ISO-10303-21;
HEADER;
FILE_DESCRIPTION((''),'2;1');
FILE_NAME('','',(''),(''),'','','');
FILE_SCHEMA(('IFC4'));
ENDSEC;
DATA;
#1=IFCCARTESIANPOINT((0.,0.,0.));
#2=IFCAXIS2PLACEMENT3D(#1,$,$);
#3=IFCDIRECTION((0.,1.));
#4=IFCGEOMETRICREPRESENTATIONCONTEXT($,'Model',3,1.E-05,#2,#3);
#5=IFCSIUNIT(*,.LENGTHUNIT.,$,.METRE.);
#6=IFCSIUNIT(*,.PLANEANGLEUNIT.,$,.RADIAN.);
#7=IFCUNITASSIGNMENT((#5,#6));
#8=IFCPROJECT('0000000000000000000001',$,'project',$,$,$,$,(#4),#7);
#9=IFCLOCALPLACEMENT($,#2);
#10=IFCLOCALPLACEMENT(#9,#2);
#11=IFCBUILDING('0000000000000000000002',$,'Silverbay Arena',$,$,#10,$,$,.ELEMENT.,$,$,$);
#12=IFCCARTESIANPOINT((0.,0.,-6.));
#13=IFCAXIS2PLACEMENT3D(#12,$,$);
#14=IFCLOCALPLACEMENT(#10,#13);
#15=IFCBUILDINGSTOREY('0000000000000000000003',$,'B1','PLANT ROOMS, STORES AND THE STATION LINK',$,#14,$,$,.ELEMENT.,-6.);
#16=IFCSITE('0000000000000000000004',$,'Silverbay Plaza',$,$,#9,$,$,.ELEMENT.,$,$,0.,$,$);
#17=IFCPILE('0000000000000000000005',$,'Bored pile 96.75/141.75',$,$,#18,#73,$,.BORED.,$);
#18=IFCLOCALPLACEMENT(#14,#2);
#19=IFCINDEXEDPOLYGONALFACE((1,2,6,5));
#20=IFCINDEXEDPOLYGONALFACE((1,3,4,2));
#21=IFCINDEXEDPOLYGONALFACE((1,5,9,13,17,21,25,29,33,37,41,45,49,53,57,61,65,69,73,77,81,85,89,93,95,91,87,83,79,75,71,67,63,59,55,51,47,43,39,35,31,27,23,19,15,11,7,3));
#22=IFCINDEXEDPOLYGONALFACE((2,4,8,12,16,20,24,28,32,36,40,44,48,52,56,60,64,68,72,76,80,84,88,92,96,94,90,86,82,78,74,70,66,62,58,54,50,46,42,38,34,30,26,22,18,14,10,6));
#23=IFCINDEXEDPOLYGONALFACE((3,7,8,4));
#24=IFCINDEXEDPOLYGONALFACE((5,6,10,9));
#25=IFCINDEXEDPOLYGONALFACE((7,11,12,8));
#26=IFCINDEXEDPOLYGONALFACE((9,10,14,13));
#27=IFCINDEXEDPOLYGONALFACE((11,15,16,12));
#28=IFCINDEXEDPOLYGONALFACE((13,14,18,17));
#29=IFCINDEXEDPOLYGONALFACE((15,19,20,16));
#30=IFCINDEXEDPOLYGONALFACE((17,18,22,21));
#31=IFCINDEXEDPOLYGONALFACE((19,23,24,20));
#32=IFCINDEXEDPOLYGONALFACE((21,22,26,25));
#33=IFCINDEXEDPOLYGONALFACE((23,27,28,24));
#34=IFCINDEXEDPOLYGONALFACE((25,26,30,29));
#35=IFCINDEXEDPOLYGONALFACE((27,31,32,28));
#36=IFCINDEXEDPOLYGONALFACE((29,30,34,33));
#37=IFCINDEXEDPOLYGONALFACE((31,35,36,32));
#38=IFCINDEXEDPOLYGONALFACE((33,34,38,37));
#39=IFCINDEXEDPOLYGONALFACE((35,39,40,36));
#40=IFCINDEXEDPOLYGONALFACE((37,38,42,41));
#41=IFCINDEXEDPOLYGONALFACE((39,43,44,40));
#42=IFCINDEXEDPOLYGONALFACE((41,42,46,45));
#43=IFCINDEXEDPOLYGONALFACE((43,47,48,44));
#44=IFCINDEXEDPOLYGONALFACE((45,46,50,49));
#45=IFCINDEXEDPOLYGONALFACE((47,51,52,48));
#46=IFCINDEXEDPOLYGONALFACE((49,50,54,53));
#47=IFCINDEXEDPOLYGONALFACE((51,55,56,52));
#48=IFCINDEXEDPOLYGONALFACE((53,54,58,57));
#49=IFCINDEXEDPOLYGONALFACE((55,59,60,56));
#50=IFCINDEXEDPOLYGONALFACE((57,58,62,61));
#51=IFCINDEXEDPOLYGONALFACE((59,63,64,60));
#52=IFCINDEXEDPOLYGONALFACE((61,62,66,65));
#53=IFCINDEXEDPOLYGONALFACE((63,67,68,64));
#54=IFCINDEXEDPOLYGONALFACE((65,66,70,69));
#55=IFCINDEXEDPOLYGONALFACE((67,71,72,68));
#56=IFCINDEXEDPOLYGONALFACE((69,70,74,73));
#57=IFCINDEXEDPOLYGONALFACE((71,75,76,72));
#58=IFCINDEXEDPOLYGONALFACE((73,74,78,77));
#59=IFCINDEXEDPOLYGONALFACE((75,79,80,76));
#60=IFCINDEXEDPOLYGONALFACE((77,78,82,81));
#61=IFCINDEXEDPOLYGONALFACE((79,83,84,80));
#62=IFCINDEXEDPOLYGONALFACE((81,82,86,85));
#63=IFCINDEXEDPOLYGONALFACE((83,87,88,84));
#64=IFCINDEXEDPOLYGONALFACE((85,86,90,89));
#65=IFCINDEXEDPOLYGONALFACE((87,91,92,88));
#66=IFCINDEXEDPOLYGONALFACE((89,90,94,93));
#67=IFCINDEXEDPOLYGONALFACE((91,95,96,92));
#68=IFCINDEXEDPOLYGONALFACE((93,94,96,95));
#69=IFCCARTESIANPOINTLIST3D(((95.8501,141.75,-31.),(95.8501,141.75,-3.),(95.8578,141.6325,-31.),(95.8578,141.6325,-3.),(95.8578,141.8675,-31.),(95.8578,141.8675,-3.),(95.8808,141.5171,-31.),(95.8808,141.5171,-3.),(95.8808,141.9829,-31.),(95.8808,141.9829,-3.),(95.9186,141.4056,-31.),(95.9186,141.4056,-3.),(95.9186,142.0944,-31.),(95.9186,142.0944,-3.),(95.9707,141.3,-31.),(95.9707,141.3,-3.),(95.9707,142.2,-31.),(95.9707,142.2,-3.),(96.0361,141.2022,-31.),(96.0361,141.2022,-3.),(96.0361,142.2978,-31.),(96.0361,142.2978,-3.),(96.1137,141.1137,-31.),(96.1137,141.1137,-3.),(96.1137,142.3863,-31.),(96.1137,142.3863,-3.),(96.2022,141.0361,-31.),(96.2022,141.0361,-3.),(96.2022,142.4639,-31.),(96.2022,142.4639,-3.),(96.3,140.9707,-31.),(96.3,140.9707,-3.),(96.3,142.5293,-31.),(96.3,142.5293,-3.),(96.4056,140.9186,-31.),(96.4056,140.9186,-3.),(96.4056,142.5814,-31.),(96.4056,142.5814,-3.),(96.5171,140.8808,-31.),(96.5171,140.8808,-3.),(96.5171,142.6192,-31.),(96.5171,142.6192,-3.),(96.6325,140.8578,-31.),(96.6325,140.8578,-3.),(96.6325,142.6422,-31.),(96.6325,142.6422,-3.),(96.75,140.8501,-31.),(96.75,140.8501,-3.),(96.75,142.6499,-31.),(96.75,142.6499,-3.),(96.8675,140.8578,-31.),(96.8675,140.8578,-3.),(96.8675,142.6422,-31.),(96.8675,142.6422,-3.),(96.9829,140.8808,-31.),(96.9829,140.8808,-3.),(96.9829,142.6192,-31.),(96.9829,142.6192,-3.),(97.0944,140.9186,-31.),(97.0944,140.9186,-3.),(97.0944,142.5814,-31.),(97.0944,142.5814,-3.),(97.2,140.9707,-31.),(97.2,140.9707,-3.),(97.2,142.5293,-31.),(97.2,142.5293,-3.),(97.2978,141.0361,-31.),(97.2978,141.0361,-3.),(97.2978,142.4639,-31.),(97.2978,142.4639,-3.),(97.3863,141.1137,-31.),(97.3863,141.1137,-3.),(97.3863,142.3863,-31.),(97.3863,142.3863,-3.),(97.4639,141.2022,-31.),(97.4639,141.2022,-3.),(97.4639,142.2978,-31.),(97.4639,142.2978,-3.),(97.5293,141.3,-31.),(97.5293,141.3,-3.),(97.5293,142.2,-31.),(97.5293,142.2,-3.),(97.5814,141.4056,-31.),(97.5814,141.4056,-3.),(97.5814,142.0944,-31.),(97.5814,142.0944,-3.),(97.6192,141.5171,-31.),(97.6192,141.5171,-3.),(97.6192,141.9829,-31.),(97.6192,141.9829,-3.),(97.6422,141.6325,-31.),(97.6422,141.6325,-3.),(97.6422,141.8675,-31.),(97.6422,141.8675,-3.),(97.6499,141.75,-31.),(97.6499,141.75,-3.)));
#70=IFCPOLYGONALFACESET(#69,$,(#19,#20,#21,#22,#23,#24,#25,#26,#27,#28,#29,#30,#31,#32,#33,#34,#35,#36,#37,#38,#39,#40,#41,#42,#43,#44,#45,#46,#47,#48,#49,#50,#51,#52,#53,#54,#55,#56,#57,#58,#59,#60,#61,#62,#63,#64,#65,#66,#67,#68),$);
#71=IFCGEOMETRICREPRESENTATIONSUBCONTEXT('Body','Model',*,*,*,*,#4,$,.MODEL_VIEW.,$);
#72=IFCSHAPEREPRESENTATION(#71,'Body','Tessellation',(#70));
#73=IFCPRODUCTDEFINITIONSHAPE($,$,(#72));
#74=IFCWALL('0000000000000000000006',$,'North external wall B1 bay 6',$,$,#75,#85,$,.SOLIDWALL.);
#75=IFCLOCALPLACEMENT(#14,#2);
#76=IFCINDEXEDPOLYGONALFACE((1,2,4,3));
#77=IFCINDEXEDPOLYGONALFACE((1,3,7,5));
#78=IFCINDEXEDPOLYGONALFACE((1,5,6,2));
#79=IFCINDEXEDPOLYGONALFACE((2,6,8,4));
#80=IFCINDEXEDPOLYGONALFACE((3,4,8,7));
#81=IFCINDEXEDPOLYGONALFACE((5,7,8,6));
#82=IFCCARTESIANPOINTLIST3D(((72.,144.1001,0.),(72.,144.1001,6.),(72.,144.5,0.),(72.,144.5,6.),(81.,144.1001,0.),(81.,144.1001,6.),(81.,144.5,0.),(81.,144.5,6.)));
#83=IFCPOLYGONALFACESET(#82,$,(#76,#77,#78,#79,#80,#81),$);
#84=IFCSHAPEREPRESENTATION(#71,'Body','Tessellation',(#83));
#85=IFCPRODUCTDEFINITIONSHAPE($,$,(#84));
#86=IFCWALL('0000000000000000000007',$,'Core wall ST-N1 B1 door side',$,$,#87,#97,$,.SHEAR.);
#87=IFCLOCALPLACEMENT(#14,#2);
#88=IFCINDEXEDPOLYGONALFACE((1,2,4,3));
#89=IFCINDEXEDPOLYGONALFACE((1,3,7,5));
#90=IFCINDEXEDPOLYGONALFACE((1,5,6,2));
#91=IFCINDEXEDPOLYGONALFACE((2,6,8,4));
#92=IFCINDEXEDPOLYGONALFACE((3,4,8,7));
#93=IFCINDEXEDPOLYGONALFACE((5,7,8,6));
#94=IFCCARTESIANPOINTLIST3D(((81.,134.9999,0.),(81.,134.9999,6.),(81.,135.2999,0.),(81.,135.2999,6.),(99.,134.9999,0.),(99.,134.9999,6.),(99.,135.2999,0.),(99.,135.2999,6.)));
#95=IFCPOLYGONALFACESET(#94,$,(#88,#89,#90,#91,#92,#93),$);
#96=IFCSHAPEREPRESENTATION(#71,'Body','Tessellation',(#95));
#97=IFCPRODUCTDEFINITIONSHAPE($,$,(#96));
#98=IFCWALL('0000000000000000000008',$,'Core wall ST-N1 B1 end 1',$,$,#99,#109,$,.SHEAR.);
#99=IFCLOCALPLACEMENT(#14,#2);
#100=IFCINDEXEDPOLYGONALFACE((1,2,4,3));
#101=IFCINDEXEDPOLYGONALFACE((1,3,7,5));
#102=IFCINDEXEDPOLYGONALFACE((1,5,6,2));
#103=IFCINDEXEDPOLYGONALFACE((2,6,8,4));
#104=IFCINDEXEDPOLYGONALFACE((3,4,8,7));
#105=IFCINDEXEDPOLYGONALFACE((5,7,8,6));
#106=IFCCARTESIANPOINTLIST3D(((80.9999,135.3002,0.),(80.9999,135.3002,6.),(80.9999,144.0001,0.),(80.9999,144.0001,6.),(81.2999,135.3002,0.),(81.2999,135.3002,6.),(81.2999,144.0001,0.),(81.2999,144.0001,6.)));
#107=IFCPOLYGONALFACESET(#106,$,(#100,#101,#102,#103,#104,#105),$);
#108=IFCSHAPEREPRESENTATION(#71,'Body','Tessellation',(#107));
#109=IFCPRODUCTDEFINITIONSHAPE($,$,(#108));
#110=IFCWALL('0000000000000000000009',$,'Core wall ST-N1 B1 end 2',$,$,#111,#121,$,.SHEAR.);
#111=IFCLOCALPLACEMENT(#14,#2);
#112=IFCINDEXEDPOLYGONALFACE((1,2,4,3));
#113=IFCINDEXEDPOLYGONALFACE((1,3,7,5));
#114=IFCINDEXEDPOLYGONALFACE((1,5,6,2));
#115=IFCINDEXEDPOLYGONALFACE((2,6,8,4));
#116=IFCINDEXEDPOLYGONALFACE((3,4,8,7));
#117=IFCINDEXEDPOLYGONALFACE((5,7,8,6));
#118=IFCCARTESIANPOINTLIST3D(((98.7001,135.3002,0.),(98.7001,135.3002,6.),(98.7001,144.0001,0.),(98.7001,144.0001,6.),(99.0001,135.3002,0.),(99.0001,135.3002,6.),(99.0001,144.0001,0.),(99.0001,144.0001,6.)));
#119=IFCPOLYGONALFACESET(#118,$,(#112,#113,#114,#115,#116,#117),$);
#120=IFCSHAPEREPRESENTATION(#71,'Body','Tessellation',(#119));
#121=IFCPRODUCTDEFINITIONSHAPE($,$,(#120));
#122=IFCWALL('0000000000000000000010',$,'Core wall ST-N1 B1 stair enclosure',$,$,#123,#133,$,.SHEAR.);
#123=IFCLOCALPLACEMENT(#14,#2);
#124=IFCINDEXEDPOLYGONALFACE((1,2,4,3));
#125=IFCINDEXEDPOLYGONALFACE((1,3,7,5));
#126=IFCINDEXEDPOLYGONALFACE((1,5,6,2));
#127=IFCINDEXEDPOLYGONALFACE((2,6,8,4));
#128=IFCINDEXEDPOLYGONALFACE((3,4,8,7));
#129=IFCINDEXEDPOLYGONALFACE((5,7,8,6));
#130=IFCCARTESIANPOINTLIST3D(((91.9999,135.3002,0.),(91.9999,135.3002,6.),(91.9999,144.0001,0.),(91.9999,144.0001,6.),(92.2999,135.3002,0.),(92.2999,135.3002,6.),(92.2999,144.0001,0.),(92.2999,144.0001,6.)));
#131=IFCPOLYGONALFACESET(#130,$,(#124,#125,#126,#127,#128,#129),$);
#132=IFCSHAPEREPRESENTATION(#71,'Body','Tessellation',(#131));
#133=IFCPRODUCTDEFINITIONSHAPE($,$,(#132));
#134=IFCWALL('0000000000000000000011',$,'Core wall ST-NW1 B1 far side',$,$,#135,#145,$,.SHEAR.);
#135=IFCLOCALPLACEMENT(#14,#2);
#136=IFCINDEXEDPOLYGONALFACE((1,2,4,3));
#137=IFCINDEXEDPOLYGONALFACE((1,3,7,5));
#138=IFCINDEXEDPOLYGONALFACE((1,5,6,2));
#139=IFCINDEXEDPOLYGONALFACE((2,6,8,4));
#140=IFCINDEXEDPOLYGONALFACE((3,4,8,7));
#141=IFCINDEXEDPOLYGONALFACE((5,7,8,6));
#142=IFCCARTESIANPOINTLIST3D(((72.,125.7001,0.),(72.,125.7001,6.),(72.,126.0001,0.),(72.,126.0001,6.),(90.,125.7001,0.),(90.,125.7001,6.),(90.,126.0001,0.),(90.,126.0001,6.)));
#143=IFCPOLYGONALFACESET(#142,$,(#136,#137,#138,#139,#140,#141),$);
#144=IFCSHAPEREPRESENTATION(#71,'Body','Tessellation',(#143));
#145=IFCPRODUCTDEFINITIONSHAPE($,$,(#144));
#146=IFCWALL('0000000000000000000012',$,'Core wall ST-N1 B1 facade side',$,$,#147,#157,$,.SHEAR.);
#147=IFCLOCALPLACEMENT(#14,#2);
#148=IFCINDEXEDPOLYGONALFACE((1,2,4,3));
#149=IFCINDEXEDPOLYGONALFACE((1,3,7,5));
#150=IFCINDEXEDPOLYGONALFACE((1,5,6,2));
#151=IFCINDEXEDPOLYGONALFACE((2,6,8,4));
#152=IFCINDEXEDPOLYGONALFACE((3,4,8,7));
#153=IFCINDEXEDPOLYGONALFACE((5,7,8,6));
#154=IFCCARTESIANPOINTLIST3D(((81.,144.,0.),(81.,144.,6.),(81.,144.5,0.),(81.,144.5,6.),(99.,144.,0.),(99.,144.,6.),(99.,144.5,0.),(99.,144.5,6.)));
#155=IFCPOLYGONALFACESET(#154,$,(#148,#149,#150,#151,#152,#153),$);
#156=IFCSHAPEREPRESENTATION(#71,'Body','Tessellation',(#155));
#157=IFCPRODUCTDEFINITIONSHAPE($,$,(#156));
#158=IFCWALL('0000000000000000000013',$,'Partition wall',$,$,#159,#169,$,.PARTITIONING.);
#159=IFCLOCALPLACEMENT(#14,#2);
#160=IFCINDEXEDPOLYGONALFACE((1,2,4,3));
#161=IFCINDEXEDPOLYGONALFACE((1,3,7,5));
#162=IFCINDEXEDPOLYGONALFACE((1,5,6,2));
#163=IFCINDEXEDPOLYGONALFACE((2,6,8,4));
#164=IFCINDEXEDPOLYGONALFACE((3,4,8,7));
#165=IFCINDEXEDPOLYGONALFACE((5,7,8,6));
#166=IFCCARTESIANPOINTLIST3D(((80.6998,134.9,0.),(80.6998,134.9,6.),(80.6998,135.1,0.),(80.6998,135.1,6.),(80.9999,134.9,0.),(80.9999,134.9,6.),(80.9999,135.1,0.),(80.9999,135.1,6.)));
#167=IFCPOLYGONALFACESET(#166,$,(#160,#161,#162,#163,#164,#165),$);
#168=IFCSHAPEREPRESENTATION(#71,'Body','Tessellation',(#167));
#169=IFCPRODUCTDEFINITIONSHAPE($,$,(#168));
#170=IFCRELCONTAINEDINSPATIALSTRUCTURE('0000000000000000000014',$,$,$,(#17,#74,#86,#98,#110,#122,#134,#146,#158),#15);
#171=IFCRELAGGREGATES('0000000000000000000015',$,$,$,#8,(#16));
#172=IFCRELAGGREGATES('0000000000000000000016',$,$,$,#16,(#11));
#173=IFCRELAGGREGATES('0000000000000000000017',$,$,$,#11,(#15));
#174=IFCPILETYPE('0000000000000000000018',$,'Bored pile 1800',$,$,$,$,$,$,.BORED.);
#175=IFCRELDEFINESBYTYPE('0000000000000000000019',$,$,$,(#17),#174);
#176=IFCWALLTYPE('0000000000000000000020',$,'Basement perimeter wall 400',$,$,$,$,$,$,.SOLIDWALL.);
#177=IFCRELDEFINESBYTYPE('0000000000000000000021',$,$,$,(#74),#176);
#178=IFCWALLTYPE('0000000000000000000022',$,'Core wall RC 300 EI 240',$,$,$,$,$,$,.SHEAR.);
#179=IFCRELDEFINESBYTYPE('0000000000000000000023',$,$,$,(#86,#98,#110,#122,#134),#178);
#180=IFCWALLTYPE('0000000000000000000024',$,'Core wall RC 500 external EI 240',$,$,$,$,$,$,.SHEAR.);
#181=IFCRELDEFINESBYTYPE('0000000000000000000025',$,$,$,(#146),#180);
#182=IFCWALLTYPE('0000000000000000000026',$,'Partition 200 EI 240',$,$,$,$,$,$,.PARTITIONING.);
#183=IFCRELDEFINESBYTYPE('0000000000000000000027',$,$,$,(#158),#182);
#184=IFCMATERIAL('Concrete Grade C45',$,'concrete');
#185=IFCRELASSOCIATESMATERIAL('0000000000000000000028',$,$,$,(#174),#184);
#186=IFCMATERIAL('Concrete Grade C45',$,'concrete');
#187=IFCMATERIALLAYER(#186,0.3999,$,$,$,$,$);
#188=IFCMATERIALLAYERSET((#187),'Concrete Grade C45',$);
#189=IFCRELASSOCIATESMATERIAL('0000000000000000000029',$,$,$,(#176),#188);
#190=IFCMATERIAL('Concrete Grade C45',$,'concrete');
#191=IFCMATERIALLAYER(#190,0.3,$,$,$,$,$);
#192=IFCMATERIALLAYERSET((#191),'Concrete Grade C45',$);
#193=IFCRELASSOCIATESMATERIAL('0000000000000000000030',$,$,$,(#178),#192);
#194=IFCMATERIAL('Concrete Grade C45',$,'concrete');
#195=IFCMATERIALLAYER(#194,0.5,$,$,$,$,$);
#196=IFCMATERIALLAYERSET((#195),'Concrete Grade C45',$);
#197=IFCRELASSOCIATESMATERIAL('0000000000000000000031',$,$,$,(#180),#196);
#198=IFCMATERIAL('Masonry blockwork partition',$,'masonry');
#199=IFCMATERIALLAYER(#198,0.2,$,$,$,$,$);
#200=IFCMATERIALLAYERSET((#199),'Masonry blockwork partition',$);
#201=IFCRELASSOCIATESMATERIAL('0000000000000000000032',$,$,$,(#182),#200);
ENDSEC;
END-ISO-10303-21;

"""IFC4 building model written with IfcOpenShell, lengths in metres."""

from ifc_helpers import new_model, si_unit, direction, frame, frame_2d, origin, origin_2d, place, context, subcontext, project, spatial, rectangle, circle, extrude, material, layer, layer_set, material_profile, profile_set, type_object, element, save


model = new_model("IFC4")

# Units and contexts
model_context = context("Model", 3, precision=1e-05, world=origin(), true_north=direction((0.0, 1.0)))
body_context = subcontext(model_context, "Body", "Model", "MODEL_VIEW")
ifc_project = project(units=[si_unit("LENGTHUNIT", "METRE"), si_unit("PLANEANGLEUNIT", "RADIAN")], contexts=[model_context])

# Site, building, storey
site_placement = place(None, origin())
site = spatial("IfcSite", under=ifc_project, at=site_placement, Name="Silverbay Plaza", CompositionType="ELEMENT", RefElevation=0.0)
building_placement = place(site_placement, origin())
building = spatial("IfcBuilding", under=site, at=building_placement, Name="Silverbay Arena", CompositionType="ELEMENT")
storey_placement = place(building_placement, frame((0.0, 0.0, -6.0)))
storey = spatial("IfcBuildingStorey", under=building, at=storey_placement, Name="B1", Description="PLANT ROOMS, STORES AND THE STATION LINK", CompositionType="ELEMENT", Elevation=-6.0)

# Pile
ifc_material_1 = material(Name="Concrete Grade C45", Category="concrete")
ifc_material_profile = material_profile(ifc_material_1, circle(Radius=0.8999, at=origin_2d()), Name="Bored pile 1800")
ifc_profile_set = profile_set([ifc_material_profile], Name="Concrete Grade C45")
pile_type = type_object("IfcPileType", Name="Bored pile 1800", PredefinedType="BORED", material=ifc_profile_set)
for number, where, z_axis, x_axis, name in (
    (1, (96.75, 141.75, -3.0), (0.0, 0.0, -1.0), (1.0, 0.0, 0.0), "Bored pile 96.75/141.75"),
):
    element("IfcPile", number, at=place(storey_placement, frame(where, z_axis=z_axis, x_axis=x_axis)), inside=storey, type_object=pile_type, Name=name, PredefinedType="BORED", context=body_context, shape_type="SweptSolid", body=[
        extrude(circle(Radius=0.8999, at=origin_2d()), origin(), (0.0, 0.0, 1.0), 28.0),
    ])

# Walls
ifc_material_2 = material(Name="Concrete Grade C45", Category="concrete")
ifc_layer_1 = layer(ifc_material_2, 0.3999)
ifc_layer_set_1 = layer_set([ifc_layer_1], Name="Concrete Grade C45")
wall_type_1 = type_object("IfcWallType", Name="Basement perimeter wall 400", PredefinedType="SOLIDWALL", material=ifc_layer_set_1)
wall_1_placement = place(storey_placement, frame((81.0, 144.3, 0.0), z_axis=(0.0, 0.0, 1.0), x_axis=(-1.0, 0.0, 0.0)))
element("IfcWall", 2, at=wall_1_placement, inside=storey, type_object=wall_type_1, Name="North external wall B1 bay 6", PredefinedType="SOLIDWALL", context=body_context, shape_type="SweptSolid", body=[
    extrude(rectangle(XDim=9.0, YDim=0.3999, at=frame_2d((4.5, 0.0))), origin(), (0.0, 0.0, 1.0), 6.0),
])
ifc_material_3 = material(Name="Concrete Grade C45", Category="concrete")
ifc_layer_2 = layer(ifc_material_3, 0.3)
ifc_layer_set_2 = layer_set([ifc_layer_2], Name="Concrete Grade C45")
wall_type_2 = type_object("IfcWallType", Name="Core wall RC 300 EI 240", PredefinedType="SHEAR", material=ifc_layer_set_2)
wall_2_placement = place(storey_placement, frame((81.0, 135.1499, 0.0), z_axis=(0.0, 0.0, 1.0), x_axis=(1.0, 0.0, 0.0)))
element("IfcWall", 3, at=wall_2_placement, inside=storey, type_object=wall_type_2, Name="Core wall ST-N1 B1 door side", PredefinedType="SHEAR", context=body_context, shape_type="SweptSolid", body=[
    extrude(rectangle(XDim=18.0, YDim=0.3, at=frame_2d((9.0, 0.0))), origin(), (0.0, 0.0, 1.0), 6.0),
])
for number, where, z_axis, x_axis, name in (
    (4, (81.1499, 135.3, 0.0), (0.0, 0.0, 1.0), (0.0, 1.0, 0.0), "Core wall ST-N1 B1 end 1"),
    (5, (98.8501, 135.3, 0.0), (0.0, 0.0, 1.0), (0.0, 1.0, 0.0), "Core wall ST-N1 B1 end 2"),
    (6, (92.1499, 135.3, 0.0), (0.0, 0.0, 1.0), (0.0, 1.0, 0.0), "Core wall ST-N1 B1 stair enclosure"),
):
    element("IfcWall", number, at=place(storey_placement, frame(where, z_axis=z_axis, x_axis=x_axis)), inside=storey, type_object=wall_type_2, Name=name, PredefinedType="SHEAR", context=body_context, shape_type="SweptSolid", body=[
        extrude(rectangle(XDim=8.7, YDim=0.3, at=frame_2d((4.3501, 0.0))), origin(), (0.0, 0.0, 1.0), 6.0),
    ])
wall_3_placement = place(storey_placement, frame((90.0, 125.8501, 0.0), z_axis=(0.0, 0.0, 1.0), x_axis=(-1.0, 0.0, 0.0)))
element("IfcWall", 7, at=wall_3_placement, inside=storey, type_object=wall_type_2, Name="Core wall ST-NW1 B1 far side", PredefinedType="SHEAR", context=body_context, shape_type="SweptSolid", body=[
    extrude(rectangle(XDim=18.0, YDim=0.3, at=frame_2d((9.0, 0.0))), origin(), (0.0, 0.0, 1.0), 6.0),
])
ifc_material_4 = material(Name="Concrete Grade C45", Category="concrete")
ifc_layer_3 = layer(ifc_material_4, 0.5)
ifc_layer_set_3 = layer_set([ifc_layer_3], Name="Concrete Grade C45")
wall_type_3 = type_object("IfcWallType", Name="Core wall RC 500 external EI 240", PredefinedType="SHEAR", material=ifc_layer_set_3)
wall_4_placement = place(storey_placement, frame((81.0, 144.25, 0.0), z_axis=(0.0, 0.0, 1.0), x_axis=(1.0, 0.0, 0.0)))
element("IfcWall", 8, at=wall_4_placement, inside=storey, type_object=wall_type_3, Name="Core wall ST-N1 B1 facade side", PredefinedType="SHEAR", context=body_context, shape_type="SweptSolid", body=[
    extrude(rectangle(XDim=18.0, YDim=0.5, at=frame_2d((9.0, 0.0))), origin(), (0.0, 0.0, 1.0), 6.0),
])
ifc_material_5 = material(Name="Masonry blockwork partition", Category="masonry")
ifc_layer_4 = layer(ifc_material_5, 0.2)
ifc_layer_set_4 = layer_set([ifc_layer_4], Name="Masonry blockwork partition")
wall_type_4 = type_object("IfcWallType", Name="Partition 200 EI 240", PredefinedType="PARTITIONING", material=ifc_layer_set_4)
wall_5_placement = place(storey_placement, frame((80.7, 135.0, 0.0), z_axis=(0.0, 0.0, 1.0), x_axis=(1.0, 0.0, 0.0)))
element("IfcWall", 9, at=wall_5_placement, inside=storey, type_object=wall_type_4, Name="Partition wall", PredefinedType="PARTITIONING", context=body_context, shape_type="SweptSolid", body=[
    extrude(rectangle(XDim=0.3, YDim=0.2, at=frame_2d((0.1499, 0.0))), origin(), (0.0, 0.0, 1.0), 6.0),
])

save(model, "model.ifc")
